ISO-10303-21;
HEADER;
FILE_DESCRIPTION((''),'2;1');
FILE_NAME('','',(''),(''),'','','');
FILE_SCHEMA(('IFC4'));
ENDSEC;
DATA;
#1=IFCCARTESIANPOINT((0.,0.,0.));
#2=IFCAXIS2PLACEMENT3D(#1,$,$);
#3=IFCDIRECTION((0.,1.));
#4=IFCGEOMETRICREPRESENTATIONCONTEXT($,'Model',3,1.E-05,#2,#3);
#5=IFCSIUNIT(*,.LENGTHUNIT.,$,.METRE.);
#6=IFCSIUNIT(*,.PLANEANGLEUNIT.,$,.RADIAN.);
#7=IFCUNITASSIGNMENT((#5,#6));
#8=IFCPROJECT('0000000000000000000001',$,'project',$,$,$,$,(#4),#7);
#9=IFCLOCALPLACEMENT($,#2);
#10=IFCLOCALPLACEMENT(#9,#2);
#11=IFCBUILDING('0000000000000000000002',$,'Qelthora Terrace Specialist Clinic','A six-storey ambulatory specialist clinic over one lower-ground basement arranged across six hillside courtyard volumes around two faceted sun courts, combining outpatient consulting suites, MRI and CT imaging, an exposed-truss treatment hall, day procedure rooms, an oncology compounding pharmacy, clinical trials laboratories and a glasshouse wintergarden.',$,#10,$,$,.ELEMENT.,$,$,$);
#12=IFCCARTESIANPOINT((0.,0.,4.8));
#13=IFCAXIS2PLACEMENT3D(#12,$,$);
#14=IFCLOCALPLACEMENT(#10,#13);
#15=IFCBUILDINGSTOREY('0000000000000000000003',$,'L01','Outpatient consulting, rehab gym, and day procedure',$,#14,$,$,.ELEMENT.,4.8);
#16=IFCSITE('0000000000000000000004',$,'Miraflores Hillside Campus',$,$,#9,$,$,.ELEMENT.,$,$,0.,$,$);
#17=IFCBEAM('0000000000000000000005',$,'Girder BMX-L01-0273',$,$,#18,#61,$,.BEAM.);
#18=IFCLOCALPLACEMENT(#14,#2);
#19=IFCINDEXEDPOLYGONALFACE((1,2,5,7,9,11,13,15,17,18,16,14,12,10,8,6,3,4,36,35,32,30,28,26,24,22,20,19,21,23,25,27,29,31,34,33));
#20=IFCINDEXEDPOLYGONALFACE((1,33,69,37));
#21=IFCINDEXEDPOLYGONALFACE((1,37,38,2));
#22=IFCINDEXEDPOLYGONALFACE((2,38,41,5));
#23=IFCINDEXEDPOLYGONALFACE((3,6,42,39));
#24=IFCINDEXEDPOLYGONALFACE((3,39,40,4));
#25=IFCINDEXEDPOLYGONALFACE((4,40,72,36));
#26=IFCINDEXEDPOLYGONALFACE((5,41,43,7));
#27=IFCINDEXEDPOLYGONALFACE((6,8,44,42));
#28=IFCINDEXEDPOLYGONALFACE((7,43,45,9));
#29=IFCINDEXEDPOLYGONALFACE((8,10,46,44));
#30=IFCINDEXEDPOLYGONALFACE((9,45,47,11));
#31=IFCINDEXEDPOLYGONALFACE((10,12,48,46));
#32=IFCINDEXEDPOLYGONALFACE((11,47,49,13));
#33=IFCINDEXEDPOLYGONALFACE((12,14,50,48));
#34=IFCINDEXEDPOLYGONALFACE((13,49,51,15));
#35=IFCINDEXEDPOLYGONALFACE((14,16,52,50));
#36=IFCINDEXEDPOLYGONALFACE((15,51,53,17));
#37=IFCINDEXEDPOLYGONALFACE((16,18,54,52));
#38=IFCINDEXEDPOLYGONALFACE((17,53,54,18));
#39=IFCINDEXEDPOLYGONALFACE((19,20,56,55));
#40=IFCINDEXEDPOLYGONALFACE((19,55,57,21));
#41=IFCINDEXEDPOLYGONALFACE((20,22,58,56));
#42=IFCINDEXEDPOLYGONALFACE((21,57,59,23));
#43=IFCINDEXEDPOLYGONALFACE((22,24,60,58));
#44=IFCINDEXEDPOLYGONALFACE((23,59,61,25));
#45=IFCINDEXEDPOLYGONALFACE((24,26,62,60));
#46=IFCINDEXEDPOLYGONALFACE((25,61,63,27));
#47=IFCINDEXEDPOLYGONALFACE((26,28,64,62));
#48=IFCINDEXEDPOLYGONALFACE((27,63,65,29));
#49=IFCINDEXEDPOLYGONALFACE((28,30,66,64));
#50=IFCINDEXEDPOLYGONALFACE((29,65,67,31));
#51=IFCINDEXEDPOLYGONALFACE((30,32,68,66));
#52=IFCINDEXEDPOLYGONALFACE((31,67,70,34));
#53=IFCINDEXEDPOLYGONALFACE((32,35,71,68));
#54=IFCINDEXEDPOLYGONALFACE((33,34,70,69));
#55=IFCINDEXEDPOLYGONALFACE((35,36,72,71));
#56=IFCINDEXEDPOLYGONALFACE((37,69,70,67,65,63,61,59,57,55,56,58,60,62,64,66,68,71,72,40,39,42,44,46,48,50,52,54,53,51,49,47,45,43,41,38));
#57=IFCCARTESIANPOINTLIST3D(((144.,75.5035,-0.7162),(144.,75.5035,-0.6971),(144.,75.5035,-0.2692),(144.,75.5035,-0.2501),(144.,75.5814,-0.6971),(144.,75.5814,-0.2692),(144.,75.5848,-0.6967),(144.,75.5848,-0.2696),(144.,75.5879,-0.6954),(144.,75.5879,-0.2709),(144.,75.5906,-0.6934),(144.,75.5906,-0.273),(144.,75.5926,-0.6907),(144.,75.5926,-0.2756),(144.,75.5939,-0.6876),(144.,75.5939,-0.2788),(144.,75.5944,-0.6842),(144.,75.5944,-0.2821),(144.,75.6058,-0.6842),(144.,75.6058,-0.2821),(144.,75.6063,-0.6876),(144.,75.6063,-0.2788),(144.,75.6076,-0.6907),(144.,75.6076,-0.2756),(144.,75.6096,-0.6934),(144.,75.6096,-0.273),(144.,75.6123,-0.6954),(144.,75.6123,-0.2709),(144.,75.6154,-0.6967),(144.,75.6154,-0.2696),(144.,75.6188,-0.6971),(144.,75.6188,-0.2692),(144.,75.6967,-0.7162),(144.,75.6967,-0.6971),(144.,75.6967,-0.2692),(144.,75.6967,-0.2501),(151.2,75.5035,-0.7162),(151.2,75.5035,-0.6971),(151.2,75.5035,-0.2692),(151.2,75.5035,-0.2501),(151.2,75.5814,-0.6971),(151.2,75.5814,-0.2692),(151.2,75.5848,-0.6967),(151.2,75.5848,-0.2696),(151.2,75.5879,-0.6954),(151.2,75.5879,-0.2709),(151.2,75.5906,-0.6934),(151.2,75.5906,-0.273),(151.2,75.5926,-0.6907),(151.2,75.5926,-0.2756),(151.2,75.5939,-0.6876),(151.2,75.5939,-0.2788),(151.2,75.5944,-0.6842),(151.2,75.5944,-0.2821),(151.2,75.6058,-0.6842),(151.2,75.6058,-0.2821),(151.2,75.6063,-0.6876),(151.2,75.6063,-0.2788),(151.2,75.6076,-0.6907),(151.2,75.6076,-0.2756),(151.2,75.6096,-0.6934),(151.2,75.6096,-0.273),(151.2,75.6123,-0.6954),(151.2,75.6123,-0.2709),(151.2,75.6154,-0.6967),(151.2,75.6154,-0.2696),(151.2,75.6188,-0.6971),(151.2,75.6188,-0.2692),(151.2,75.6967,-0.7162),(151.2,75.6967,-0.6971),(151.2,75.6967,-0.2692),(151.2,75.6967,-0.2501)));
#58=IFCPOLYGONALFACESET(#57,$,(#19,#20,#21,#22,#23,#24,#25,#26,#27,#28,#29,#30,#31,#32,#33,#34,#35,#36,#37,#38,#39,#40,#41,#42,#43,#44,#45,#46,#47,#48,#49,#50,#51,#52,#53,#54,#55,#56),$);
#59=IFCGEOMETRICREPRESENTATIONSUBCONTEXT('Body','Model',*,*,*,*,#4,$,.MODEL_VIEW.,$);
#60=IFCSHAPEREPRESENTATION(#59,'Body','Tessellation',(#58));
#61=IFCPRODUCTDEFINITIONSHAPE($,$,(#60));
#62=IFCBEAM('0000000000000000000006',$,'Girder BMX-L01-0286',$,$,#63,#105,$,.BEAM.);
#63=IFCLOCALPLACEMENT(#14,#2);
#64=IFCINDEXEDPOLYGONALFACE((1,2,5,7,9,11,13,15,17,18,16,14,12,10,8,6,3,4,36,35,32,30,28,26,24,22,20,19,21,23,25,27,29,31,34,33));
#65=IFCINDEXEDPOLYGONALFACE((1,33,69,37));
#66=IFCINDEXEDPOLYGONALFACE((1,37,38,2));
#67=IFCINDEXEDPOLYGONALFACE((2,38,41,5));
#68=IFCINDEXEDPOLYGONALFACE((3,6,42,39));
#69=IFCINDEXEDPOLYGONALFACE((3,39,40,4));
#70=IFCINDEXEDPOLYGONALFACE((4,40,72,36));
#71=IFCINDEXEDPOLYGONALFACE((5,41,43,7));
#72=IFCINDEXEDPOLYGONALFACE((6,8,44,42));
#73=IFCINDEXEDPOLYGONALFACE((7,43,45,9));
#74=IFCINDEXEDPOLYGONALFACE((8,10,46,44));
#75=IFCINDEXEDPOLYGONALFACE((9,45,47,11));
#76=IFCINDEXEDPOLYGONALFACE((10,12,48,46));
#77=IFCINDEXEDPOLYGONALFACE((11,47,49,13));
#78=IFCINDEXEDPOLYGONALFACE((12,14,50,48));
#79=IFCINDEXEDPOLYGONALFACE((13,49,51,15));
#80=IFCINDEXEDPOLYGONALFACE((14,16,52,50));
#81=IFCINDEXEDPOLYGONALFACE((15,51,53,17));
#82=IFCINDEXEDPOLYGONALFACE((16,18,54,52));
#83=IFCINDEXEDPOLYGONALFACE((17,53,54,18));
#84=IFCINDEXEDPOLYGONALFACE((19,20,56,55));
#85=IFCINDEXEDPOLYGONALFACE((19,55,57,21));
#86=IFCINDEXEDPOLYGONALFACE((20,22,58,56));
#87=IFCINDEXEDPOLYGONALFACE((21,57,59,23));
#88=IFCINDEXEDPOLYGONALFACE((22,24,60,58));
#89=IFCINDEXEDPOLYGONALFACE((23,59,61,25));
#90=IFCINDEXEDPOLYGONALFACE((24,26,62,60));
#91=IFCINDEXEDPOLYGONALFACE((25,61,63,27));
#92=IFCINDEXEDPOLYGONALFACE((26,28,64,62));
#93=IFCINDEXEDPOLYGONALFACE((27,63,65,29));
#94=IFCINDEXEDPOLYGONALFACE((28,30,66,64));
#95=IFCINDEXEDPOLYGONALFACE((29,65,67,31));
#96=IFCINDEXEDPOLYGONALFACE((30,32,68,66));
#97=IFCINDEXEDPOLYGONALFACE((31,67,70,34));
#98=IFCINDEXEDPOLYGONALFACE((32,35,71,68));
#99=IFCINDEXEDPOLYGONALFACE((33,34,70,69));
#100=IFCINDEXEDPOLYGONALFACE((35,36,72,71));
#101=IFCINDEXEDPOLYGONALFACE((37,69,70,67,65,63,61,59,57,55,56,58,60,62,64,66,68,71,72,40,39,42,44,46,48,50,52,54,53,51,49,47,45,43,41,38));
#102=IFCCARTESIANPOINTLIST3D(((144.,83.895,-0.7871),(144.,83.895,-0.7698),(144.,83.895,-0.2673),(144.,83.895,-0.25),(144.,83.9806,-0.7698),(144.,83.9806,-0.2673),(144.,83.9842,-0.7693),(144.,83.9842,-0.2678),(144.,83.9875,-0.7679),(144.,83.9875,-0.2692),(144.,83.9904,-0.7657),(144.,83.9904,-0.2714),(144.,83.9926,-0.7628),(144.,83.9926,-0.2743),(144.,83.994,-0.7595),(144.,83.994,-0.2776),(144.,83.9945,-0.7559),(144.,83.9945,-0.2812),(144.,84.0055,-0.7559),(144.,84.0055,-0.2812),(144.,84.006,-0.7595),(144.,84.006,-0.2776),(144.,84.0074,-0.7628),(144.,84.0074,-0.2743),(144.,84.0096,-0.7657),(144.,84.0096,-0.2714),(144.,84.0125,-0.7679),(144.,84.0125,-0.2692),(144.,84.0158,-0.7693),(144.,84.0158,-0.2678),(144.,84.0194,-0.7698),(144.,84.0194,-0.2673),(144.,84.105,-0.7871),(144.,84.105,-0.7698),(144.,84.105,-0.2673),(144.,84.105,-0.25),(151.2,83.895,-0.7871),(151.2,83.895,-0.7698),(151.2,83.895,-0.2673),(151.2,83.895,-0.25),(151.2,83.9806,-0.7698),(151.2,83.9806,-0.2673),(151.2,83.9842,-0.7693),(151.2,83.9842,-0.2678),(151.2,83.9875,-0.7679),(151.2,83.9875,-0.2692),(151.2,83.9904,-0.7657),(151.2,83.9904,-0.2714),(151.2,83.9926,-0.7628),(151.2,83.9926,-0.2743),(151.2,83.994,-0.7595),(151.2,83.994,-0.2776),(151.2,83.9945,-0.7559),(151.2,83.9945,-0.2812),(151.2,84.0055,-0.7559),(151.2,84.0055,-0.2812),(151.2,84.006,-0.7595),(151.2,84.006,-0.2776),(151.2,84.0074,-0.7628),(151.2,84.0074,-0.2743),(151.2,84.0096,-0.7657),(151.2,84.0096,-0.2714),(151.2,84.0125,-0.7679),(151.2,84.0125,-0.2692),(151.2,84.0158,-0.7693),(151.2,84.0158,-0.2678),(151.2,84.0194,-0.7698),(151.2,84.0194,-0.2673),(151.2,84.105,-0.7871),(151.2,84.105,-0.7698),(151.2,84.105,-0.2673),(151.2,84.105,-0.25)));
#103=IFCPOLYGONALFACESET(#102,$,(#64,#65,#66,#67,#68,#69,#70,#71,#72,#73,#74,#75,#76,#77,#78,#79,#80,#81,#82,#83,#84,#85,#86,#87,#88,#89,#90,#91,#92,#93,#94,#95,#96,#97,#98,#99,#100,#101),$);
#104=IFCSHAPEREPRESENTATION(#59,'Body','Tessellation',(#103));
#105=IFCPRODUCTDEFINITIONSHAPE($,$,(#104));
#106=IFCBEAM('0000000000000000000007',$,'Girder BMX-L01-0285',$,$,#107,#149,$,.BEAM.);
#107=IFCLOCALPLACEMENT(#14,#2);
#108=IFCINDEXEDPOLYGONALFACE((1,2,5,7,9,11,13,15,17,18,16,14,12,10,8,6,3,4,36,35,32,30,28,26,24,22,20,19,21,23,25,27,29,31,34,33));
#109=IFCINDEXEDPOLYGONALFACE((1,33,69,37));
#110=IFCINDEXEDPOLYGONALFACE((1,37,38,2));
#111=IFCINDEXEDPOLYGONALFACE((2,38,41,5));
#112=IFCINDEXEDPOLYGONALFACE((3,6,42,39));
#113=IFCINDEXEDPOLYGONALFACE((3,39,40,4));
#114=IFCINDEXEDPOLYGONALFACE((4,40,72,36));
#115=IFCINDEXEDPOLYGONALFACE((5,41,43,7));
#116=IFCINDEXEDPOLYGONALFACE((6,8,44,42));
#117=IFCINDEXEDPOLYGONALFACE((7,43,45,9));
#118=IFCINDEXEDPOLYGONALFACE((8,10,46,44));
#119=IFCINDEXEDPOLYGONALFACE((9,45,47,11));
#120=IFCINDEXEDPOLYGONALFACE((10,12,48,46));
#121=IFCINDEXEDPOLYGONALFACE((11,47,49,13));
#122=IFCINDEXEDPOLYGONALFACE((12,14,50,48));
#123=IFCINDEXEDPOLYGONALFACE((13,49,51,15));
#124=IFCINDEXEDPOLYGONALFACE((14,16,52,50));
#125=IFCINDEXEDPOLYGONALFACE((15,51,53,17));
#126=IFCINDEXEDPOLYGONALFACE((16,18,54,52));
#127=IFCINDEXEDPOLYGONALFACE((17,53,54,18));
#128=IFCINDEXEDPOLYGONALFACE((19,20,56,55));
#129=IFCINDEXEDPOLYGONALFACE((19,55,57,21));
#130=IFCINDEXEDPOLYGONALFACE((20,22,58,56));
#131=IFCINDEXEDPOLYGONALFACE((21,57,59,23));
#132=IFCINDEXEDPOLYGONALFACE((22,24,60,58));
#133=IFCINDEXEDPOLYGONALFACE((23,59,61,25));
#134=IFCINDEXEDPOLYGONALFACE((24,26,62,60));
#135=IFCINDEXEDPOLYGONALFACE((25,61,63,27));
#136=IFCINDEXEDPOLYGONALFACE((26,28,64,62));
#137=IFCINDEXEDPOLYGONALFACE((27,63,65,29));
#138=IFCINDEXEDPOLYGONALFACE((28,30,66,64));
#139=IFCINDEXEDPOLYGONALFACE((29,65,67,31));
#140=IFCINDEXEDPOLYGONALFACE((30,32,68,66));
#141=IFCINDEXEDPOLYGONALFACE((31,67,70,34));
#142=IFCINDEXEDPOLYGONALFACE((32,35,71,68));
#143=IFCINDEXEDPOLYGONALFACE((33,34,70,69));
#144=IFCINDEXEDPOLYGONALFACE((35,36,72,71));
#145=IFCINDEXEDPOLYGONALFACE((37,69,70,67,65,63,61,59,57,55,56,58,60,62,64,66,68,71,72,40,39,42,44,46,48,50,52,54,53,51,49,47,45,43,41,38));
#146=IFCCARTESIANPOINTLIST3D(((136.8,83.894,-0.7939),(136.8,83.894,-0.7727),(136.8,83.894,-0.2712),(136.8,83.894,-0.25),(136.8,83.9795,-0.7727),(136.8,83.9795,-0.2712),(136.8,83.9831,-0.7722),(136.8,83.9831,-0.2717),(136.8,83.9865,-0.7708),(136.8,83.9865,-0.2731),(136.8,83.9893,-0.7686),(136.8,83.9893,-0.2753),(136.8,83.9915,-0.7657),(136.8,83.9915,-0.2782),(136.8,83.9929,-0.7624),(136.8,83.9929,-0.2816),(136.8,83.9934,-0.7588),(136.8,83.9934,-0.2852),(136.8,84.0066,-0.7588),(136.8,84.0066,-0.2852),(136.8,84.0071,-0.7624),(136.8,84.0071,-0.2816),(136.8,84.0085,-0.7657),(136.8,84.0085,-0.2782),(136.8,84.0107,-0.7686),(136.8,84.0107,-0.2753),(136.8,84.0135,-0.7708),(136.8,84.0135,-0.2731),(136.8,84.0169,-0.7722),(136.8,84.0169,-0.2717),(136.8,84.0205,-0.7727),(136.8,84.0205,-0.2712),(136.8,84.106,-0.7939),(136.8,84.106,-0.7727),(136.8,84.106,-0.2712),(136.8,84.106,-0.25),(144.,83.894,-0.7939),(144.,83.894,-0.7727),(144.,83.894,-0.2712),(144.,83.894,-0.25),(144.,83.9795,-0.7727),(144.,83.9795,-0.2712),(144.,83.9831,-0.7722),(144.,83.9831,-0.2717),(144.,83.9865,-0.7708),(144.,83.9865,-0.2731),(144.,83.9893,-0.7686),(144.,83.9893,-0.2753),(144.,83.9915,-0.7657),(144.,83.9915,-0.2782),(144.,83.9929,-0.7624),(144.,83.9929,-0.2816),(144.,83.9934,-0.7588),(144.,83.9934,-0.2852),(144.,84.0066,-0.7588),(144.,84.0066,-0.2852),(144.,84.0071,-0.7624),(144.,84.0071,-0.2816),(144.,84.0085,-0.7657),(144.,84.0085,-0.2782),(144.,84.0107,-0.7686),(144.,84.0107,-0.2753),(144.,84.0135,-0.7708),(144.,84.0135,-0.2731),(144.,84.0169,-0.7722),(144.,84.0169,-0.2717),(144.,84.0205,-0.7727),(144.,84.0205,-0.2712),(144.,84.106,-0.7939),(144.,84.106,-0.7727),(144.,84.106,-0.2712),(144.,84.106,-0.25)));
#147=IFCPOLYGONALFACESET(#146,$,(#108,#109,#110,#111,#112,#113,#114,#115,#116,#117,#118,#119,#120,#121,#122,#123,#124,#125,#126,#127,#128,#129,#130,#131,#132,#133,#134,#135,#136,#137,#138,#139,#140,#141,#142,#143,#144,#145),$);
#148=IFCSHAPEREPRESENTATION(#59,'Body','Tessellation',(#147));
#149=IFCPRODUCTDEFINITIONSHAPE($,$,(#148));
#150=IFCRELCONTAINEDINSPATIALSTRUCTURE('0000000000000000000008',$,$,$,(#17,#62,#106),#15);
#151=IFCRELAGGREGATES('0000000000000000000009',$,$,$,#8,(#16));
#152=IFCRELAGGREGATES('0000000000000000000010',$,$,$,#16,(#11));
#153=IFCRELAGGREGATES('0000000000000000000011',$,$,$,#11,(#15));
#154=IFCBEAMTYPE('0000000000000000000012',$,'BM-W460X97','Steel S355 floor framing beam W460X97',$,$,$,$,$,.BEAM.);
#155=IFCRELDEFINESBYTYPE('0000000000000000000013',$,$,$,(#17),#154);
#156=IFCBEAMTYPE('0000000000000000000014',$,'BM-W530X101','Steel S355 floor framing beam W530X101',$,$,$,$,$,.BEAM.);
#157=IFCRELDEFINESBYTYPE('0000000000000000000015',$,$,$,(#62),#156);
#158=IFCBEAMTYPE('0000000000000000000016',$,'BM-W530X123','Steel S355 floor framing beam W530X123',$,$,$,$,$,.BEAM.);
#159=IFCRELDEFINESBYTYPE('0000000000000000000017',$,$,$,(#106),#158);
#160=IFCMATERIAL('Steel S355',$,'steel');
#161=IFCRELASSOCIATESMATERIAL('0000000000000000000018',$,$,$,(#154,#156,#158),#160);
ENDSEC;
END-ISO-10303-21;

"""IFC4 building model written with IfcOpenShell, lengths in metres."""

from ifc_helpers import new_model, si_unit, direction, frame, origin, origin_2d, place, context, subcontext, project, spatial, i_section, extrude, material, material_profile, profile_set, type_object, element, save


model = new_model("IFC4")

# Units and contexts
model_context = context("Model", 3, precision=1e-05, world=origin(), true_north=direction((0.0, 1.0)))
body_context = subcontext(model_context, "Body", "Model", "MODEL_VIEW")
ifc_project = project(units=[si_unit("LENGTHUNIT", "METRE"), si_unit("PLANEANGLEUNIT", "RADIAN")], contexts=[model_context])

# Site, building, storey
site_placement = place(None, origin())
site = spatial("IfcSite", under=ifc_project, at=site_placement, Name="Miraflores Hillside Campus", CompositionType="ELEMENT", RefElevation=0.0)
building_placement = place(site_placement, origin())
building = spatial("IfcBuilding", under=site, at=building_placement, Name="Qelthora Terrace Specialist Clinic", Description="A six-storey ambulatory specialist clinic over one lower-ground basement arranged across six hillside courtyard volumes around two faceted sun courts, combining outpatient consulting suites, MRI and CT imaging, an exposed-truss treatment hall, day procedure rooms, an oncology compounding pharmacy, clinical trials laboratories and a glasshouse wintergarden.", CompositionType="ELEMENT")
storey_placement = place(building_placement, frame((0.0, 0.0, 4.8)))
storey = spatial("IfcBuildingStorey", under=building, at=storey_placement, Name="L01", Description="Outpatient consulting, rehab gym, and day procedure", CompositionType="ELEMENT", Elevation=4.8)

# Shared definitions
ifc_material_1 = material(Name="Steel S355", Category="steel")

# Beams
ifc_material_profile_1 = material_profile(ifc_material_1, i_section(OverallWidth=0.1931, OverallDepth=0.4661, WebThickness=0.0115, FlangeThickness=0.019, FilletRadius=0.0129, at=origin_2d()), Name="W460X97")
ifc_profile_set_1 = profile_set([ifc_material_profile_1], Name="Steel S355")
beam_type_1 = type_object("IfcBeamType", Name="BM-W460X97", Description="Steel S355 floor framing beam W460X97", PredefinedType="BEAM", material=ifc_profile_set_1)
beam_1_placement = place(storey_placement, frame((144.0, 75.6001, -0.4832), z_axis=(1.0, 0.0, 0.0), x_axis=(0.0, 1.0, 0.0)))
element("IfcBeam", 1, at=beam_1_placement, inside=storey, type_object=beam_type_1, Name="Girder BMX-L01-0273", PredefinedType="BEAM", context=body_context, shape_type="SweptSolid", body=[
    extrude(i_section(OverallWidth=0.1931, OverallDepth=0.4661, WebThickness=0.0115, FlangeThickness=0.019, FilletRadius=0.0129, at=origin_2d()), origin(), (0.0, 0.0, 1.0), 7.2),
])
ifc_material_profile_2 = material_profile(ifc_material_1, i_section(OverallWidth=0.21, OverallDepth=0.5371, WebThickness=0.011, FlangeThickness=0.0173, FilletRadius=0.0139, at=origin_2d()), Name="W530X101")
ifc_profile_set_2 = profile_set([ifc_material_profile_2], Name="Steel S355")
beam_type_2 = type_object("IfcBeamType", Name="BM-W530X101", Description="Steel S355 floor framing beam W530X101", PredefinedType="BEAM", material=ifc_profile_set_2)
beam_2_placement = place(storey_placement, frame((144.0, 84.0, -0.5186), z_axis=(1.0, 0.0, 0.0), x_axis=(0.0, 1.0, 0.0)))
element("IfcBeam", 2, at=beam_2_placement, inside=storey, type_object=beam_type_2, Name="Girder BMX-L01-0286", PredefinedType="BEAM", context=body_context, shape_type="SweptSolid", body=[
    extrude(i_section(OverallWidth=0.21, OverallDepth=0.5371, WebThickness=0.011, FlangeThickness=0.0173, FilletRadius=0.0139, at=origin_2d()), origin(), (0.0, 0.0, 1.0), 7.2),
])
ifc_material_profile_3 = material_profile(ifc_material_1, i_section(OverallWidth=0.2119, OverallDepth=0.5439, WebThickness=0.0132, FlangeThickness=0.0212, FilletRadius=0.0139, at=origin_2d()), Name="W530X123")
ifc_profile_set_3 = profile_set([ifc_material_profile_3], Name="Steel S355")
beam_type_3 = type_object("IfcBeamType", Name="BM-W530X123", Description="Steel S355 floor framing beam W530X123", PredefinedType="BEAM", material=ifc_profile_set_3)
beam_3_placement = place(storey_placement, frame((136.8, 84.0, -0.522), z_axis=(1.0, 0.0, 0.0), x_axis=(0.0, 1.0, 0.0)))
element("IfcBeam", 3, at=beam_3_placement, inside=storey, type_object=beam_type_3, Name="Girder BMX-L01-0285", PredefinedType="BEAM", context=body_context, shape_type="SweptSolid", body=[
    extrude(i_section(OverallWidth=0.2119, OverallDepth=0.5439, WebThickness=0.0132, FlangeThickness=0.0212, FilletRadius=0.0139, at=origin_2d()), origin(), (0.0, 0.0, 1.0), 7.2),
])

save(model, "model.ifc")
